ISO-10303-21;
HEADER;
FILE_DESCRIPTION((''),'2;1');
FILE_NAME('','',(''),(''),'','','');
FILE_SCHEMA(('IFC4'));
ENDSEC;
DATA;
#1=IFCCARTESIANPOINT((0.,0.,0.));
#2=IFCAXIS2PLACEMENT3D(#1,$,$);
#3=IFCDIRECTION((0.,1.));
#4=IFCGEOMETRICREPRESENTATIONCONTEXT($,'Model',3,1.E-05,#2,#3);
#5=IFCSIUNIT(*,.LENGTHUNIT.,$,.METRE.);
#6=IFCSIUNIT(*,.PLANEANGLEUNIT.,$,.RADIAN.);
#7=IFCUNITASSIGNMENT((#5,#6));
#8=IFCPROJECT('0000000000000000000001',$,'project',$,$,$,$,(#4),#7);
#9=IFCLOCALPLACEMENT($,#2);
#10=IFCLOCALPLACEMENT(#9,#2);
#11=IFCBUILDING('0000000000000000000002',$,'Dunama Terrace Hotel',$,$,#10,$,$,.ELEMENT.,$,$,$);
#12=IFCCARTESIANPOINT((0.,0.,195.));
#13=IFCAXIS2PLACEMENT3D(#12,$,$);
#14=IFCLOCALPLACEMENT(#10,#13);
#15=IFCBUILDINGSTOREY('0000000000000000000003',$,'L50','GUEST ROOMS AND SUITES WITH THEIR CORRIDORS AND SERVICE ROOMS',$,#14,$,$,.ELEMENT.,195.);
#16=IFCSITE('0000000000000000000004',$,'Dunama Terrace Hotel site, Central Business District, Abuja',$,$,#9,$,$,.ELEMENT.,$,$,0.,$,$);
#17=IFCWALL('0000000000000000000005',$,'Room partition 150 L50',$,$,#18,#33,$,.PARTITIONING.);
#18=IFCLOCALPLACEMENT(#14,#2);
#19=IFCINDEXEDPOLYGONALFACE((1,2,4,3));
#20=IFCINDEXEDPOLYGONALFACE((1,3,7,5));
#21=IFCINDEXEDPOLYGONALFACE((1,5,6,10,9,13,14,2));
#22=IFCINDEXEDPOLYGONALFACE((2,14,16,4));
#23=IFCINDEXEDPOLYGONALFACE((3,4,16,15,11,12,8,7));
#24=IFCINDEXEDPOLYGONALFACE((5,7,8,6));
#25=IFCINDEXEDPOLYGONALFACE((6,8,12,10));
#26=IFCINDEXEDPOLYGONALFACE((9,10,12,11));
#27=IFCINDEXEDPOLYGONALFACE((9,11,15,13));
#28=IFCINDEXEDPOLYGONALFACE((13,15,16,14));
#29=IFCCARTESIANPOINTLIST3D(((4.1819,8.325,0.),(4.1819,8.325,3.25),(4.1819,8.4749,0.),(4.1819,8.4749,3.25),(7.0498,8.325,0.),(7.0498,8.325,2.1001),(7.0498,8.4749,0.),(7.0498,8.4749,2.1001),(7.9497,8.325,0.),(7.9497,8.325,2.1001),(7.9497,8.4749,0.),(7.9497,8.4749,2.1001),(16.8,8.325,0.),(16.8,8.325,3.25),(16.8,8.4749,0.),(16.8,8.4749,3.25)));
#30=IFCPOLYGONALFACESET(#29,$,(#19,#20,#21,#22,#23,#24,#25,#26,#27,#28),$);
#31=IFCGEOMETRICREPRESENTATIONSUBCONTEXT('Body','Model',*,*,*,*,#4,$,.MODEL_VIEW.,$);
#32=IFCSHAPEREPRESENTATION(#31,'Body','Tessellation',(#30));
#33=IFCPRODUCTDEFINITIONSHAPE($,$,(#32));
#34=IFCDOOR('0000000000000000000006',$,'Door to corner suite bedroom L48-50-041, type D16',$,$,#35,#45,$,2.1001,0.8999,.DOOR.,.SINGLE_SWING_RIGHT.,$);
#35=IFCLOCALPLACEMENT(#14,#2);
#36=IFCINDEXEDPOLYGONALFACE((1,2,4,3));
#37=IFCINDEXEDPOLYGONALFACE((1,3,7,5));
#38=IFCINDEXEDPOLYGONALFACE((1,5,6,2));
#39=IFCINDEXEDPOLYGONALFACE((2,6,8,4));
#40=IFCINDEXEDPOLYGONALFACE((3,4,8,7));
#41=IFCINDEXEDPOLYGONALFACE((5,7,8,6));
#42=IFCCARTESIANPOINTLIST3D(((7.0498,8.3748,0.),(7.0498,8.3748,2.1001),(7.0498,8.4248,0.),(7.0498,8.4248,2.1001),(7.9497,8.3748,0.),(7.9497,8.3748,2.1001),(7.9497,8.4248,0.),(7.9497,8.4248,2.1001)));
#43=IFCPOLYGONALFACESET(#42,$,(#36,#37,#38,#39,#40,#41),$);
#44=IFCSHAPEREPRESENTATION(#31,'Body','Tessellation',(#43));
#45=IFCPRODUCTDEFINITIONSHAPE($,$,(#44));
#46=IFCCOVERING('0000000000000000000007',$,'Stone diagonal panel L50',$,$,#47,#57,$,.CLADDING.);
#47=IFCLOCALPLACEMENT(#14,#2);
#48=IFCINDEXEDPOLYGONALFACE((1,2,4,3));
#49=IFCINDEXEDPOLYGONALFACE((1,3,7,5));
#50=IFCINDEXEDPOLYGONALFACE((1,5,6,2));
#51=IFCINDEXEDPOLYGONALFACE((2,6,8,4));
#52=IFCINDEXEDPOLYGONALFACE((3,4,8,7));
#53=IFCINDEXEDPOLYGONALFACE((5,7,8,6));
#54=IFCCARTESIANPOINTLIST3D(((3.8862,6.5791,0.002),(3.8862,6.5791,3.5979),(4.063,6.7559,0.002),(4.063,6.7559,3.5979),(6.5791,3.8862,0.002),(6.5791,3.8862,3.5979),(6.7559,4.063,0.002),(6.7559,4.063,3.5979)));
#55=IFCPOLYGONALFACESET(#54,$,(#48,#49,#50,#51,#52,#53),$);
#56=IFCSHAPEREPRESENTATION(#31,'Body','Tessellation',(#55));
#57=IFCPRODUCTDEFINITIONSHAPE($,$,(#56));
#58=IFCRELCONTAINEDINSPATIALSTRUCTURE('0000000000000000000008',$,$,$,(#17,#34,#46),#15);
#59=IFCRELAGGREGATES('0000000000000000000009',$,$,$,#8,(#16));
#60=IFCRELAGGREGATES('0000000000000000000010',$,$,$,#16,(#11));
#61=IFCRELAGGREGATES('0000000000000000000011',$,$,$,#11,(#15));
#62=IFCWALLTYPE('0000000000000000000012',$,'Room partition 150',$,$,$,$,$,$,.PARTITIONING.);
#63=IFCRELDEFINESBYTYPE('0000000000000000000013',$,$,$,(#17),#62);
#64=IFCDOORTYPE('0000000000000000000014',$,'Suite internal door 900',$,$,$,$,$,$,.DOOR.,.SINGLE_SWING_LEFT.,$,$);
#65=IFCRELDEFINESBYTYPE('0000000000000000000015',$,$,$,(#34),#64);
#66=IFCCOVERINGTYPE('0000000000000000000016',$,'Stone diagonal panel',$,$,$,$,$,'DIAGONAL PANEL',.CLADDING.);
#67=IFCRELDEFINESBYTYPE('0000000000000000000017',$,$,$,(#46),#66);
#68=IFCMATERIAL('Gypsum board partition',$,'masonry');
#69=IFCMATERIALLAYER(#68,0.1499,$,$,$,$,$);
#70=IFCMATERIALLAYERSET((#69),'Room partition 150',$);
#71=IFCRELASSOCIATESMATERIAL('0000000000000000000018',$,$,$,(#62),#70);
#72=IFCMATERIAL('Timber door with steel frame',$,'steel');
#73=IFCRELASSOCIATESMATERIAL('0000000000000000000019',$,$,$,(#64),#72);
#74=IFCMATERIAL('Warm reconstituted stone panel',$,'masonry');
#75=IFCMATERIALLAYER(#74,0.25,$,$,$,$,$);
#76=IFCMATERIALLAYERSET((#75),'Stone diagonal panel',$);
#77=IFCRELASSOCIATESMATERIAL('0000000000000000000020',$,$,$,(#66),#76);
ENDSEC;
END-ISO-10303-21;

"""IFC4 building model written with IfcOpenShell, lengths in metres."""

from ifc_helpers import new_model, si_unit, direction, frame, frame_2d, origin, origin_2d, place, context, subcontext, project, spatial, rectangle, extrude, material, layer, layer_set, type_object, element, fill, save


model = new_model("IFC4")

# Units and contexts
model_context = context("Model", 3, precision=1e-05, world=origin(), true_north=direction((0.0, 1.0)))
body_context = subcontext(model_context, "Body", "Model", "MODEL_VIEW")
ifc_project = project(units=[si_unit("LENGTHUNIT", "METRE"), si_unit("PLANEANGLEUNIT", "RADIAN")], contexts=[model_context])

# Site, building, storey
site_placement = place(None, origin())
site = spatial("IfcSite", under=ifc_project, at=site_placement, Name="Dunama Terrace Hotel site, Central Business District, Abuja", CompositionType="ELEMENT", RefElevation=0.0)
building_placement = place(site_placement, origin())
building = spatial("IfcBuilding", under=site, at=building_placement, Name="Dunama Terrace Hotel", CompositionType="ELEMENT")
storey_placement = place(building_placement, frame((0.0, 0.0, 195.0)))
storey = spatial("IfcBuildingStorey", under=building, at=storey_placement, Name="L50", Description="GUEST ROOMS AND SUITES WITH THEIR CORRIDORS AND SERVICE ROOMS", CompositionType="ELEMENT", Elevation=195.0)

# Wall, opening, door
ifc_material_1 = material(Name="Gypsum board partition", Category="masonry")
ifc_layer_1 = layer(ifc_material_1, 0.1499)
ifc_layer_set_1 = layer_set([ifc_layer_1], Name="Room partition 150")
wall_type = type_object("IfcWallType", Name="Room partition 150", PredefinedType="PARTITIONING", material=ifc_layer_set_1)
ifc_material_2 = material(Name="Timber door with steel frame", Category="steel")
door_type = type_object("IfcDoorType", Name="Suite internal door 900", OperationType="SINGLE_SWING_LEFT", PredefinedType="DOOR", material=ifc_material_2)
wall_1_placement = place(storey_placement, frame((4.1819, 8.3999, 0.0), z_axis=(0.0, 0.0, 1.0), x_axis=(1.0, 0.0, 0.0)))
wall_1 = element("IfcWall", 1, at=wall_1_placement, inside=storey, type_object=wall_type, Name="Room partition 150 L50", PredefinedType="PARTITIONING", context=body_context, shape_type="SweptSolid", body=[
    extrude(rectangle(XDim=12.6182, YDim=0.1499, at=frame_2d((6.3091, 0.0))), origin(), (0.0, 0.0, 1.0), 3.25),
])
opening_1_placement = place(wall_1_placement, frame((2.8679, 0.0, 0.0)))
opening_1 = element("IfcOpeningElement", 2, at=opening_1_placement, cuts=wall_1, PredefinedType="OPENING", context=body_context, shape_type="SweptSolid", body=[
    extrude(rectangle(XDim=0.8999, YDim=2.1001, at=frame_2d((0.45, 1.05))), frame((0.0, 0.085, 0.0), z_axis=(0.0, -1.0, 0.0), x_axis=(1.0, 0.0, 0.0)), (0.0, 0.0, 1.0), 0.1699),
])
door_1_placement = place(opening_1_placement, frame((0.8999, 0.0, 0.0), z_axis=(0.0, 0.0, 1.0), x_axis=(-1.0, 0.0, 0.0)))
door_1 = element("IfcDoor", 3, at=door_1_placement, inside=storey, type_object=door_type, Name="Door to corner suite bedroom L48-50-041, type D16", OperationType="SINGLE_SWING_RIGHT", OverallHeight=2.1001, OverallWidth=0.8999, PredefinedType="DOOR", context=body_context, shape_type="SweptSolid", body=[
    extrude(rectangle(XDim=0.8999, YDim=2.1001, at=frame_2d((0.45, 1.05))), frame((0.0, 0.0251, 0.0), z_axis=(0.0, -1.0, 0.0), x_axis=(1.0, 0.0, 0.0)), (0.0, 0.0, 1.0), 0.05),
])
fill(opening_1, door_1)

# Covering
ifc_material_3 = material(Name="Warm reconstituted stone panel", Category="masonry")
ifc_layer_2 = layer(ifc_material_3, 0.25)
ifc_layer_set_2 = layer_set([ifc_layer_2], Name="Stone diagonal panel")
covering_type = type_object("IfcCoveringType", Name="Stone diagonal panel", ElementType="DIAGONAL PANEL", PredefinedType="CLADDING", material=ifc_layer_set_2)
covering_placement = place(storey_placement, frame((5.321, 5.321, 0.002), z_axis=(0.0, 0.0, 1.0), x_axis=(0.707107, -0.707107, 0.0)))
element("IfcCovering", 4, at=covering_placement, inside=storey, type_object=covering_type, Name="Stone diagonal panel L50", PredefinedType="CLADDING", context=body_context, shape_type="SweptSolid", body=[
    extrude(rectangle(XDim=3.8083, YDim=0.25, at=origin_2d()), origin(), (0.0, 0.0, 1.0), 3.5959),
])

save(model, "model.ifc")
